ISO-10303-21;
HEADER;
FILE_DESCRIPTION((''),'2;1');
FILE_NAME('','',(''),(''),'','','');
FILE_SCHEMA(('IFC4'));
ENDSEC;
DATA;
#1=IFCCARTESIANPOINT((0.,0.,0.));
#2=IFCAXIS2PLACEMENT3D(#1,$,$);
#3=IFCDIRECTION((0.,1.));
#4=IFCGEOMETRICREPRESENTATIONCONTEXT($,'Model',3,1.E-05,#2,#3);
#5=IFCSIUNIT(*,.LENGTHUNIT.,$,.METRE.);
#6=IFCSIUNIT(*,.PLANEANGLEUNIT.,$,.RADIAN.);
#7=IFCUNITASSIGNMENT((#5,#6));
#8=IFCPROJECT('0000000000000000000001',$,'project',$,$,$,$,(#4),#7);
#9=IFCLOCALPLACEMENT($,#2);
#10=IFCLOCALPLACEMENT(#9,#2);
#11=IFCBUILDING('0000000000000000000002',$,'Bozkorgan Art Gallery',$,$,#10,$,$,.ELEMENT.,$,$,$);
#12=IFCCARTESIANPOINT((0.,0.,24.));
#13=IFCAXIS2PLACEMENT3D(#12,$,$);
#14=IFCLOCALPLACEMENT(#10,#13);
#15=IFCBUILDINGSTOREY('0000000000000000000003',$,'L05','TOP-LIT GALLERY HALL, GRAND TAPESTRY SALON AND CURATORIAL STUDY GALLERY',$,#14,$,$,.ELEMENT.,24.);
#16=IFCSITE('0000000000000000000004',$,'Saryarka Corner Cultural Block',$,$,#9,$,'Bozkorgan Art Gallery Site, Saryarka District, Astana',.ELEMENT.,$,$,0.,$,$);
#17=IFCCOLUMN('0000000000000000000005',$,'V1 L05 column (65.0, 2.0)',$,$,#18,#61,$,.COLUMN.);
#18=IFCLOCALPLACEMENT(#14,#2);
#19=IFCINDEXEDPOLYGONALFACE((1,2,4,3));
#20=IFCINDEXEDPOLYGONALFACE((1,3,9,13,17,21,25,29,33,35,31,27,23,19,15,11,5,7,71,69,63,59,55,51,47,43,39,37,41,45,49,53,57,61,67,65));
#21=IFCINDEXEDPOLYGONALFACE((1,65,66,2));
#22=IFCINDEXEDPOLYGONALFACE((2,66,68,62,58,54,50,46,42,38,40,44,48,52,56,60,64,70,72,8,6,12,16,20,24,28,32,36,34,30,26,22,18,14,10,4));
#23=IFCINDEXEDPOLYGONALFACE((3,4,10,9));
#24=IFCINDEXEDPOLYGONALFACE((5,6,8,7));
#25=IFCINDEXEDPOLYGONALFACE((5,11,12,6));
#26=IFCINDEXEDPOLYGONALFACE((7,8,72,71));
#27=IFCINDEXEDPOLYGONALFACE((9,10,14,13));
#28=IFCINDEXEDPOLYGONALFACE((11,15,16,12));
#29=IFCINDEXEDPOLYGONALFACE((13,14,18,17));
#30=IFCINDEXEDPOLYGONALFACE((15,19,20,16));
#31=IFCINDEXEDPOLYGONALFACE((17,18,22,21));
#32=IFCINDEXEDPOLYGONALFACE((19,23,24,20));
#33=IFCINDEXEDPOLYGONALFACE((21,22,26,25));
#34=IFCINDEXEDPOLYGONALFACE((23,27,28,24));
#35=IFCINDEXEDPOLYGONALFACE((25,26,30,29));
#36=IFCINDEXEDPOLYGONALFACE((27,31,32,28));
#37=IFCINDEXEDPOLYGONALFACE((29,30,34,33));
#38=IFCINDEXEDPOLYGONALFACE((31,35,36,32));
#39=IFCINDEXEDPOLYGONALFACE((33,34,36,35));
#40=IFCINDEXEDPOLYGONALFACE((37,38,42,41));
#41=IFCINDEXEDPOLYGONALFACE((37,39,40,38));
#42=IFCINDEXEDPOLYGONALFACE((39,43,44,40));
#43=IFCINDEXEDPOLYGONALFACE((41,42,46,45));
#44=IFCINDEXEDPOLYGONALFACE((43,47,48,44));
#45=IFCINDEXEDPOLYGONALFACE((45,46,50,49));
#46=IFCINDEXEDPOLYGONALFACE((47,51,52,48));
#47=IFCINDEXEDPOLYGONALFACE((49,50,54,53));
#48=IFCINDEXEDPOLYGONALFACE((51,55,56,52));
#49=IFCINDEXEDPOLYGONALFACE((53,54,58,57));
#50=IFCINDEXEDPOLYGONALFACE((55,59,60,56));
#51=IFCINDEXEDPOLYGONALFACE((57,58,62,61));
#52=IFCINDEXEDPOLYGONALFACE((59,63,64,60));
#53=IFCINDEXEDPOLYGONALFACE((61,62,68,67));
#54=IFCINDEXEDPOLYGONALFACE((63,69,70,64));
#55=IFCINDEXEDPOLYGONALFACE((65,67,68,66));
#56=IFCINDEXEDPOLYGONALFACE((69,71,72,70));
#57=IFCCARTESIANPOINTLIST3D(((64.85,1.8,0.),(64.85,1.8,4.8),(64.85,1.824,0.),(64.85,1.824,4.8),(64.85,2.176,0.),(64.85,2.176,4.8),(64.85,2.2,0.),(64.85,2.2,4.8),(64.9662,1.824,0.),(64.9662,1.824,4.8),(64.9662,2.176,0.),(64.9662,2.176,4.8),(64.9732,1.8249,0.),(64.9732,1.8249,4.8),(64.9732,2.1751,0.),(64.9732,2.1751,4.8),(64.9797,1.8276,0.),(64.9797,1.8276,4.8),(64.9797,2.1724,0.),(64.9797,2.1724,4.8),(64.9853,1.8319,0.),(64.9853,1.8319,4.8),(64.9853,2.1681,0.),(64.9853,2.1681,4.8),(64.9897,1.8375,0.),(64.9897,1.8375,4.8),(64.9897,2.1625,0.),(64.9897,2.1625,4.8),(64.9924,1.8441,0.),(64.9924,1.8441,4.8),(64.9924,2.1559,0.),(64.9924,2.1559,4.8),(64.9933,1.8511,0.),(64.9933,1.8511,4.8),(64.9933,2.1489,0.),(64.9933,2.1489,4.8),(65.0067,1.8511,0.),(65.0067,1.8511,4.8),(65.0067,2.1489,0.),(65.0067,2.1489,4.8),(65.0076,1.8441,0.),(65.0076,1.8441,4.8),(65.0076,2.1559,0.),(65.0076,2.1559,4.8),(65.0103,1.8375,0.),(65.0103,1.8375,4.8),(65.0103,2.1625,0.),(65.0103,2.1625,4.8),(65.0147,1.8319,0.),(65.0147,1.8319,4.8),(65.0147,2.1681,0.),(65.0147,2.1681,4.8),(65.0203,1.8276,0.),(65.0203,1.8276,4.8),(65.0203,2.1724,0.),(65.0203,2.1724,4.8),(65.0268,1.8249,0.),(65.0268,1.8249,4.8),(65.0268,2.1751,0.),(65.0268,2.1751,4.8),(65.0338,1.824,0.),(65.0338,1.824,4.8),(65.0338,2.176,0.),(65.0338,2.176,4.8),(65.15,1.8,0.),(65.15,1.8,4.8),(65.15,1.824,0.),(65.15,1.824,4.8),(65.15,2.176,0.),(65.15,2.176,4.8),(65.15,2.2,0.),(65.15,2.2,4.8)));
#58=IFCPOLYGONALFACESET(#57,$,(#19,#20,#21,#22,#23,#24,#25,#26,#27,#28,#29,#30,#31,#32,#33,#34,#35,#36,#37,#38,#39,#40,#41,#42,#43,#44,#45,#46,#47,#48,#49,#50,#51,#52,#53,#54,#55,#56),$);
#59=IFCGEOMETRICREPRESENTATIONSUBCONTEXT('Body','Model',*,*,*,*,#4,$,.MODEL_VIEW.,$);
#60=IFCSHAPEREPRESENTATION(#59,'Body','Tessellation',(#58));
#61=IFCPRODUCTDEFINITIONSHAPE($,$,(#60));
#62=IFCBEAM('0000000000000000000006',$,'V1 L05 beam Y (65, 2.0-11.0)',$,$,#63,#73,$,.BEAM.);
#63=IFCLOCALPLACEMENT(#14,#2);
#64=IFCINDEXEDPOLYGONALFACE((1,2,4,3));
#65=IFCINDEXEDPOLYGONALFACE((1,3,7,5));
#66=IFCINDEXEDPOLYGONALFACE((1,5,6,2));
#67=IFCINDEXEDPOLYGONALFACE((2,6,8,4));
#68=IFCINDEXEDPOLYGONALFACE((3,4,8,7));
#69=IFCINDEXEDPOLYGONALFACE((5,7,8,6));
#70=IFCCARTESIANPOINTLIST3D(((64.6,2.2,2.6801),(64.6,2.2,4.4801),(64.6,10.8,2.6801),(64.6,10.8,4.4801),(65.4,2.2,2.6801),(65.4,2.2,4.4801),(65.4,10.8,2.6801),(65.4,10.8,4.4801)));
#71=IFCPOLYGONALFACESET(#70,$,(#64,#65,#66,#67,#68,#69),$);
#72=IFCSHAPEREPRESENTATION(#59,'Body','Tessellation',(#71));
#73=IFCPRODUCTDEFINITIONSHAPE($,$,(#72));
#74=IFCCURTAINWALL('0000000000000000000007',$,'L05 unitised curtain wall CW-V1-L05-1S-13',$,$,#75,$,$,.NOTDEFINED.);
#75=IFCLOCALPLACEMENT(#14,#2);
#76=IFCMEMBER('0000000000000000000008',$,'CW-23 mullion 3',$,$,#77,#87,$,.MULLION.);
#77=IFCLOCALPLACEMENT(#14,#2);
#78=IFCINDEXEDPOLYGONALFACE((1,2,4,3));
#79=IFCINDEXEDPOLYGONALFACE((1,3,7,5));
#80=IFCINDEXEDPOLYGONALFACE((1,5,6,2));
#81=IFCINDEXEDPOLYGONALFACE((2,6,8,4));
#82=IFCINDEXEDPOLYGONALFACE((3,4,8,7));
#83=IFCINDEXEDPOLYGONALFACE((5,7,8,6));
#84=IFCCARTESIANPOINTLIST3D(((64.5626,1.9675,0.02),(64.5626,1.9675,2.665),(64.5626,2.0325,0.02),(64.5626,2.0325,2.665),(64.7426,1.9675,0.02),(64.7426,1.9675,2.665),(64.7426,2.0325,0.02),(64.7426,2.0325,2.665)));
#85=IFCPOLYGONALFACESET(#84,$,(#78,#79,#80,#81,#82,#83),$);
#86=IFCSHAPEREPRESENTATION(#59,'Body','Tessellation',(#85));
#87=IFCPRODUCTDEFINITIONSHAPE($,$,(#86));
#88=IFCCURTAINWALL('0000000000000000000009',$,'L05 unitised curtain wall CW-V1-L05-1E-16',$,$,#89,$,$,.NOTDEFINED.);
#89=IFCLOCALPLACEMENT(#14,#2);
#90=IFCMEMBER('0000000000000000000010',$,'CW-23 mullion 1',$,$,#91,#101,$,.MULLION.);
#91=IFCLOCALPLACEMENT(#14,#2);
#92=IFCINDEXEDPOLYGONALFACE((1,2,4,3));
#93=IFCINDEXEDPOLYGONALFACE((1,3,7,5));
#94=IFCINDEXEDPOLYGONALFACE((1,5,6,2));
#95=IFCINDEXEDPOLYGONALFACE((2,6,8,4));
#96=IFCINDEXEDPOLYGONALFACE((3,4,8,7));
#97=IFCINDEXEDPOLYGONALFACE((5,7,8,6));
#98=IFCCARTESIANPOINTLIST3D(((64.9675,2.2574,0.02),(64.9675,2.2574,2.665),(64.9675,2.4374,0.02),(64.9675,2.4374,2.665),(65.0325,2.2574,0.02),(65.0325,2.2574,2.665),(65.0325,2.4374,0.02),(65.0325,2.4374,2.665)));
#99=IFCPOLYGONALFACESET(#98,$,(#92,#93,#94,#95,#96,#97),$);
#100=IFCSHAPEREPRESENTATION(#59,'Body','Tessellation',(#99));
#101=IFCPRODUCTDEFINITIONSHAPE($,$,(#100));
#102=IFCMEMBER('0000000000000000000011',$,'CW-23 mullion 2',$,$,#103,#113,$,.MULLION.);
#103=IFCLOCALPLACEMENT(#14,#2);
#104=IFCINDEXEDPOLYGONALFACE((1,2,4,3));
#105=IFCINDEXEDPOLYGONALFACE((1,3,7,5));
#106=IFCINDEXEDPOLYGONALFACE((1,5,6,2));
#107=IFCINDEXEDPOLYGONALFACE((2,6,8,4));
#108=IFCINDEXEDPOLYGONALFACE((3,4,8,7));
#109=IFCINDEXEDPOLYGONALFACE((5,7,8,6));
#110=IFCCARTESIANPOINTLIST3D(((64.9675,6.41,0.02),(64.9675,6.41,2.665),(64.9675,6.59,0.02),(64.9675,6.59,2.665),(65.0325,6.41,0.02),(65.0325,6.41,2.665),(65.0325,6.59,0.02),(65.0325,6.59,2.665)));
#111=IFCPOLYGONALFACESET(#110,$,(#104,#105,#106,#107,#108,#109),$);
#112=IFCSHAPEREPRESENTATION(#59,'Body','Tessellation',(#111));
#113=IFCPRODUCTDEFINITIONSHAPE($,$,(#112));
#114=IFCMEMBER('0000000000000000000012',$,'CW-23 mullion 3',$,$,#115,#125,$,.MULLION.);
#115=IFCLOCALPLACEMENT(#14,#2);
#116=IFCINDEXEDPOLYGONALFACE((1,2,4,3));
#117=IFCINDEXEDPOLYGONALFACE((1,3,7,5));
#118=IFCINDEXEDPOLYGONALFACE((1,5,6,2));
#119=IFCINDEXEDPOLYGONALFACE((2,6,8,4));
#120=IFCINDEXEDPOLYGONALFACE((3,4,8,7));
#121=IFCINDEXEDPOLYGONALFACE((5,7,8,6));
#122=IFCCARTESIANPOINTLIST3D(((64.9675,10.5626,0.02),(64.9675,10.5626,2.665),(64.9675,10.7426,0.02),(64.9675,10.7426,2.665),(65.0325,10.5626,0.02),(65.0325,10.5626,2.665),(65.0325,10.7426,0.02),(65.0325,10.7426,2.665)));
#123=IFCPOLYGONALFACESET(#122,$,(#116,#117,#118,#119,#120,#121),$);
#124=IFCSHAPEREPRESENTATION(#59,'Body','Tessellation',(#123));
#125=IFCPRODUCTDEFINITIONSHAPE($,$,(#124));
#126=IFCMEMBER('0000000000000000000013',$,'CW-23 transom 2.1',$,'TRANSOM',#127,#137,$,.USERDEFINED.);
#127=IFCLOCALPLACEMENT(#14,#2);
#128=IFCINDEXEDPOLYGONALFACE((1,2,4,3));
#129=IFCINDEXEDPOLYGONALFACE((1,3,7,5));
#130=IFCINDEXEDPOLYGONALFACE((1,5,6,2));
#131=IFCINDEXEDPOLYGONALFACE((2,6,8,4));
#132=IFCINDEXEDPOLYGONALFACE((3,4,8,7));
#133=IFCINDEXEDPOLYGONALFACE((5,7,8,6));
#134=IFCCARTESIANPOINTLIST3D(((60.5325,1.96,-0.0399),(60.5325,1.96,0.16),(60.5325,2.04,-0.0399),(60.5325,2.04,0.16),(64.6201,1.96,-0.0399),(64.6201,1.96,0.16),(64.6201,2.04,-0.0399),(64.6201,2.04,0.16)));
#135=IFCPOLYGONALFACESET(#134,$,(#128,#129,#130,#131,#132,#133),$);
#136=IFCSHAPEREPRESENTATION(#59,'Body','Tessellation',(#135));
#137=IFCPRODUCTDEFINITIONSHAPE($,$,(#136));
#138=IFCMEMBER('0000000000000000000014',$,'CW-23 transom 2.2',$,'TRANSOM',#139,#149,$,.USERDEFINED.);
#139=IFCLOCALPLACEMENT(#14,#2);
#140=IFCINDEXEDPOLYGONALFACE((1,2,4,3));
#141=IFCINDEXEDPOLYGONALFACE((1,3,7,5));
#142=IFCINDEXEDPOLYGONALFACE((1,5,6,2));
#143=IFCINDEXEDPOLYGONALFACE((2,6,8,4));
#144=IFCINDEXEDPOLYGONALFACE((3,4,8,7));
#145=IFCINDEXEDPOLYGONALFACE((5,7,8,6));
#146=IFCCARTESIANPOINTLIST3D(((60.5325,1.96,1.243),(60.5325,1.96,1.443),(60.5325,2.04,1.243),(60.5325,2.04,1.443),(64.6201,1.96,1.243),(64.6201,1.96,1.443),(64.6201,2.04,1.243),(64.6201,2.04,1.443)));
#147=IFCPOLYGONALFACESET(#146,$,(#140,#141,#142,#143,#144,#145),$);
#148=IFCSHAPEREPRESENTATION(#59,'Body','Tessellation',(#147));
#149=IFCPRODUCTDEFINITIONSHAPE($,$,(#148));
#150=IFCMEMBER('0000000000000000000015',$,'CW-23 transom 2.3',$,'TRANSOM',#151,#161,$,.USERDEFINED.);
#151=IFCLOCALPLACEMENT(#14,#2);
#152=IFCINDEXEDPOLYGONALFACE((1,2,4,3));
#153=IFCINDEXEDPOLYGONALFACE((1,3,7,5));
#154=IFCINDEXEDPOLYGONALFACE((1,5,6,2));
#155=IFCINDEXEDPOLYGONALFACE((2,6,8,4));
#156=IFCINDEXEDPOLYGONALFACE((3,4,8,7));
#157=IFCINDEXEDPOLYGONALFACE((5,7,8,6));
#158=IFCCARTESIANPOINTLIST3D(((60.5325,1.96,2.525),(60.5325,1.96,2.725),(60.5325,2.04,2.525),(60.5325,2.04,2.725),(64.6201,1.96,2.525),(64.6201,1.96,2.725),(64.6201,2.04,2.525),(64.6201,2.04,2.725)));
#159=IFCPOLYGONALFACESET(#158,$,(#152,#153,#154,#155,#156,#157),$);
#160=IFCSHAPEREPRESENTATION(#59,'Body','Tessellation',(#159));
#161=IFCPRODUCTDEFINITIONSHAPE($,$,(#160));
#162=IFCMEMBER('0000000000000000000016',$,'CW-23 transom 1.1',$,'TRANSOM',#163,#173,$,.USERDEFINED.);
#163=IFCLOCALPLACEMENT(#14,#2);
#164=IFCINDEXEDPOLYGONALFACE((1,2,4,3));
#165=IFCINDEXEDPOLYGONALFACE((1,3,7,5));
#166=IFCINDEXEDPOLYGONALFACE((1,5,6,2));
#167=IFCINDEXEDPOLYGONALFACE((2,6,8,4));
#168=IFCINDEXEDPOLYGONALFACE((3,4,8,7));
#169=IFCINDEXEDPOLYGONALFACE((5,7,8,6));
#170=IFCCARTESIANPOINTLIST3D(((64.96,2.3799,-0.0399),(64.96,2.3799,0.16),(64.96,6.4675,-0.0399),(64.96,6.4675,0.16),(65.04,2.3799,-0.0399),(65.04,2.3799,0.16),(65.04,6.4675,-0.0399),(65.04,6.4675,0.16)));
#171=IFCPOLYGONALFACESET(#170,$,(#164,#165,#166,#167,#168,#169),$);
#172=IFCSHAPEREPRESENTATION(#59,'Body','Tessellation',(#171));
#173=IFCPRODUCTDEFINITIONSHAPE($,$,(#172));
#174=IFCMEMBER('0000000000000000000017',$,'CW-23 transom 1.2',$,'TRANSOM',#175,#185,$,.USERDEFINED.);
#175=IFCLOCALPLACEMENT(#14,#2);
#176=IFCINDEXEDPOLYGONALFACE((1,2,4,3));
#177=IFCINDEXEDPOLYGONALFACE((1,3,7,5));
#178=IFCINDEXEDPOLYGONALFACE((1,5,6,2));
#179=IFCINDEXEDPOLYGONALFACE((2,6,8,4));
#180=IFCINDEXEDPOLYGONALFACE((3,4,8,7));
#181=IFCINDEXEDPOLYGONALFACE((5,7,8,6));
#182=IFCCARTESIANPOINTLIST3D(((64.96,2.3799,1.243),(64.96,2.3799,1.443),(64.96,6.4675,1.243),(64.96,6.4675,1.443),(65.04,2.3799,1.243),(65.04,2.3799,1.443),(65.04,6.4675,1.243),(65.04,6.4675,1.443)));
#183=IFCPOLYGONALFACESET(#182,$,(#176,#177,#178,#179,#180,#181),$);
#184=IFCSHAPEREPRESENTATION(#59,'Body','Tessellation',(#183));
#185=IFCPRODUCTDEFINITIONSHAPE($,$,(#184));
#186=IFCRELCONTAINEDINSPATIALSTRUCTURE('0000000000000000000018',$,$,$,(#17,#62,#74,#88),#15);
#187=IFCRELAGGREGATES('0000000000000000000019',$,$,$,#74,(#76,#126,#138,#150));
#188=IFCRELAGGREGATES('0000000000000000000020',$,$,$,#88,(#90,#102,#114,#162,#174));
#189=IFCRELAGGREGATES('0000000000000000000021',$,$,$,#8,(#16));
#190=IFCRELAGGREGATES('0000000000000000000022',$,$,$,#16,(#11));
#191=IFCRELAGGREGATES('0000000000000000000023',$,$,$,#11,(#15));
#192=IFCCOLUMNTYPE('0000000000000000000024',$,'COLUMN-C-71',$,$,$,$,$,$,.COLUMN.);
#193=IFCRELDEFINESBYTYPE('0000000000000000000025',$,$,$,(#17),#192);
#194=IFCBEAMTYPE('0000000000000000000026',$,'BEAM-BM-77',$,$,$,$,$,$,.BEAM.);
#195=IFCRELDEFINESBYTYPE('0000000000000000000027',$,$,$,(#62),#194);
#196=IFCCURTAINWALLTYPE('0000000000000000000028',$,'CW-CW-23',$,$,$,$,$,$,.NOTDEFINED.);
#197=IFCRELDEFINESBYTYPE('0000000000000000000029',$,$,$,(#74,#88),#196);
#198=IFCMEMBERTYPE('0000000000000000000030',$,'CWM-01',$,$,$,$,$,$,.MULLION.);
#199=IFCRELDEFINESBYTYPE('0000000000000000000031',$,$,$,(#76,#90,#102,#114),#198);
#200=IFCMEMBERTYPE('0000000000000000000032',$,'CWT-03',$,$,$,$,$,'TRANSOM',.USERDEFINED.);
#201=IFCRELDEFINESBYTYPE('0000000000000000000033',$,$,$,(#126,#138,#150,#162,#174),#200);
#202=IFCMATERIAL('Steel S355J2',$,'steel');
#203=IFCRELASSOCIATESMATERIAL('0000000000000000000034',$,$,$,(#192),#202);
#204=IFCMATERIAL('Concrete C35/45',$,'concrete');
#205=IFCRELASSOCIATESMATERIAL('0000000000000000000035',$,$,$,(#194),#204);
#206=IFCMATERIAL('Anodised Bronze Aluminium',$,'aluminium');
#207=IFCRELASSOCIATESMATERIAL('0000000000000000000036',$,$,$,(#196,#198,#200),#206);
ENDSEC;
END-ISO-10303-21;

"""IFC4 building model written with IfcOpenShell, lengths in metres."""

from ifc_helpers import new_model, si_unit, direction, frame, origin, origin_2d, place, context, subcontext, project, spatial, rectangle, i_section, extrude, material, material_profile, profile_set, type_object, element, aggregate, save


model = new_model("IFC4")

# Units and contexts
model_context = context("Model", 3, precision=1e-05, world=origin(), true_north=direction((0.0, 1.0)))
body_context = subcontext(model_context, "Body", "Model", "MODEL_VIEW")
ifc_project = project(units=[si_unit("LENGTHUNIT", "METRE"), si_unit("PLANEANGLEUNIT", "RADIAN")], contexts=[model_context])

# Site, building, storey
site_placement = place(None, origin())
site = spatial("IfcSite", under=ifc_project, at=site_placement, Name="Saryarka Corner Cultural Block", LongName="Bozkorgan Art Gallery Site, Saryarka District, Astana", CompositionType="ELEMENT", RefElevation=0.0)
building_placement = place(site_placement, origin())
building = spatial("IfcBuilding", under=site, at=building_placement, Name="Bozkorgan Art Gallery", CompositionType="ELEMENT")
storey_placement = place(building_placement, frame((0.0, 0.0, 24.0)))
storey = spatial("IfcBuildingStorey", under=building, at=storey_placement, Name="L05", Description="TOP-LIT GALLERY HALL, GRAND TAPESTRY SALON AND CURATORIAL STUDY GALLERY", CompositionType="ELEMENT", Elevation=24.0)

# Column
ifc_material_1 = material(Name="Steel S355J2", Category="steel")
ifc_material_profile_1 = material_profile(ifc_material_1, i_section(OverallWidth=0.3, OverallDepth=0.3999, WebThickness=0.0134, FlangeThickness=0.0239, FilletRadius=0.0271, at=origin_2d()), Name="HEB 400")
ifc_profile_set_1 = profile_set([ifc_material_profile_1], Name="Steel S355J2")
column_type = type_object("IfcColumnType", Name="COLUMN-C-71", PredefinedType="COLUMN", material=ifc_profile_set_1)
column_placement = place(storey_placement, frame((65.0, 2.0, 0.0), z_axis=(0.0, 0.0, 1.0), x_axis=(1.0, 0.0, 0.0)))
element("IfcColumn", 1, at=column_placement, inside=storey, type_object=column_type, Name="V1 L05 column (65.0, 2.0)", PredefinedType="COLUMN", context=body_context, shape_type="SweptSolid", body=[
    extrude(i_section(OverallWidth=0.3, OverallDepth=0.3999, WebThickness=0.0134, FlangeThickness=0.0239, FilletRadius=0.0271, at=origin_2d()), origin(), (0.0, 0.0, 1.0), 4.8),
])

# Beam
ifc_material_2 = material(Name="Concrete C35/45", Category="concrete")
ifc_material_profile_2 = material_profile(ifc_material_2, rectangle(XDim=0.8, YDim=1.8, at=origin_2d()), Name="RC 800x1800")
ifc_profile_set_2 = profile_set([ifc_material_profile_2], Name="Concrete C35/45")
beam_type = type_object("IfcBeamType", Name="BEAM-BM-77", PredefinedType="BEAM", material=ifc_profile_set_2)
beam_placement = place(storey_placement, frame((65.0, 2.2, 3.5801), z_axis=(0.0, 1.0, 0.0), x_axis=(-1.0, 0.0, 0.0)))
element("IfcBeam", 2, at=beam_placement, inside=storey, type_object=beam_type, Name="V1 L05 beam Y (65, 2.0-11.0)", PredefinedType="BEAM", context=body_context, shape_type="SweptSolid", body=[
    extrude(rectangle(XDim=0.8, YDim=1.8, at=origin_2d()), origin(), (0.0, 0.0, 1.0), 8.6001),
])

# Curtain wall, member
ifc_material_3 = material(Name="Anodised Bronze Aluminium", Category="aluminium")
curtain_wall_type = type_object("IfcCurtainWallType", Name="CW-CW-23", PredefinedType="NOTDEFINED", material=ifc_material_3)
curtain_wall_1_placement = place(storey_placement, origin())
curtain_wall_1 = element("IfcCurtainWall", 3, at=curtain_wall_1_placement, inside=storey, type_object=curtain_wall_type, Name="L05 unitised curtain wall CW-V1-L05-1S-13", PredefinedType="NOTDEFINED")
ifc_material_profile_3 = material_profile(ifc_material_3, rectangle(XDim=0.0649, YDim=0.1799, at=origin_2d()), Name="ALU MULLION 65x180")
ifc_profile_set_3 = profile_set([ifc_material_profile_3], Name="Anodised Bronze Aluminium")
member_type_1 = type_object("IfcMemberType", Name="CWM-01", PredefinedType="MULLION", material=ifc_profile_set_3)
member_1_placement = place(storey_placement, frame((64.6526, 2.0, 0.02), z_axis=(0.0, 0.0, 1.0), x_axis=(0.0, 1.0, 0.0)))
member_1 = element("IfcMember", 4, at=member_1_placement, type_object=member_type_1, Name="CW-23 mullion 3", PredefinedType="MULLION", context=body_context, shape_type="SweptSolid", body=[
    extrude(rectangle(XDim=0.0649, YDim=0.1799, at=origin_2d()), origin(), (0.0, 0.0, 1.0), 2.645),
])

# Curtain wall, members
curtain_wall_2_placement = place(storey_placement, origin())
curtain_wall_2 = element("IfcCurtainWall", 5, at=curtain_wall_2_placement, inside=storey, type_object=curtain_wall_type, Name="L05 unitised curtain wall CW-V1-L05-1E-16", PredefinedType="NOTDEFINED")
member_2_placement = place(storey_placement, frame((65.0, 2.3474, 0.02), z_axis=(0.0, 0.0, 1.0), x_axis=(-1.0, 0.0, 0.0)))
member_2 = element("IfcMember", 6, at=member_2_placement, type_object=member_type_1, Name="CW-23 mullion 1", PredefinedType="MULLION", context=body_context, shape_type="SweptSolid", body=[
    extrude(rectangle(XDim=0.0649, YDim=0.1799, at=origin_2d()), origin(), (0.0, 0.0, 1.0), 2.645),
])
member_3_placement = place(storey_placement, frame((65.0, 6.5, 0.02), z_axis=(0.0, 0.0, 1.0), x_axis=(-1.0, 0.0, 0.0)))
member_3 = element("IfcMember", 7, at=member_3_placement, type_object=member_type_1, Name="CW-23 mullion 2", PredefinedType="MULLION", context=body_context, shape_type="SweptSolid", body=[
    extrude(rectangle(XDim=0.0649, YDim=0.1799, at=origin_2d()), origin(), (0.0, 0.0, 1.0), 2.645),
])
member_4_placement = place(storey_placement, frame((65.0, 10.6526, 0.02), z_axis=(0.0, 0.0, 1.0), x_axis=(-1.0, 0.0, 0.0)))
member_4 = element("IfcMember", 8, at=member_4_placement, type_object=member_type_1, Name="CW-23 mullion 3", PredefinedType="MULLION", context=body_context, shape_type="SweptSolid", body=[
    extrude(rectangle(XDim=0.0649, YDim=0.1799, at=origin_2d()), origin(), (0.0, 0.0, 1.0), 2.645),
])

# Members
ifc_material_profile_4 = material_profile(ifc_material_3, rectangle(XDim=0.0801, YDim=0.2, at=origin_2d()), Name="ALU TRANSOM 80x200")
ifc_profile_set_4 = profile_set([ifc_material_profile_4], Name="Anodised Bronze Aluminium")
member_type_2 = type_object("IfcMemberType", Name="CWT-03", ElementType="TRANSOM", PredefinedType="USERDEFINED", material=ifc_profile_set_4)
member_5_placement = place(storey_placement, frame((60.5325, 2.0, 0.0601), z_axis=(1.0, 0.0, 0.0), x_axis=(0.0, 1.0, 0.0)))
member_5 = element("IfcMember", 9, at=member_5_placement, type_object=member_type_2, Name="CW-23 transom 2.1", ObjectType="TRANSOM", PredefinedType="USERDEFINED", context=body_context, shape_type="SweptSolid", body=[
    extrude(rectangle(XDim=0.0801, YDim=0.2, at=origin_2d()), origin(), (0.0, 0.0, 1.0), 4.0876),
])
member_6_placement = place(storey_placement, frame((60.5325, 2.0, 1.343), z_axis=(1.0, 0.0, 0.0), x_axis=(0.0, 1.0, 0.0)))
member_6 = element("IfcMember", 10, at=member_6_placement, type_object=member_type_2, Name="CW-23 transom 2.2", ObjectType="TRANSOM", PredefinedType="USERDEFINED", context=body_context, shape_type="SweptSolid", body=[
    extrude(rectangle(XDim=0.0801, YDim=0.2, at=origin_2d()), origin(), (0.0, 0.0, 1.0), 4.0876),
])
member_7_placement = place(storey_placement, frame((60.5325, 2.0, 2.625), z_axis=(1.0, 0.0, 0.0), x_axis=(0.0, 1.0, 0.0)))
member_7 = element("IfcMember", 11, at=member_7_placement, type_object=member_type_2, Name="CW-23 transom 2.3", ObjectType="TRANSOM", PredefinedType="USERDEFINED", context=body_context, shape_type="SweptSolid", body=[
    extrude(rectangle(XDim=0.0801, YDim=0.2, at=origin_2d()), origin(), (0.0, 0.0, 1.0), 4.0876),
])
member_8_placement = place(storey_placement, frame((65.0, 2.3799, 0.0601), z_axis=(0.0, 1.0, 0.0), x_axis=(-1.0, 0.0, 0.0)))
member_8 = element("IfcMember", 12, at=member_8_placement, type_object=member_type_2, Name="CW-23 transom 1.1", ObjectType="TRANSOM", PredefinedType="USERDEFINED", context=body_context, shape_type="SweptSolid", body=[
    extrude(rectangle(XDim=0.0801, YDim=0.2, at=origin_2d()), origin(), (0.0, 0.0, 1.0), 4.0876),
])
member_9_placement = place(storey_placement, frame((65.0, 2.3799, 1.343), z_axis=(0.0, 1.0, 0.0), x_axis=(-1.0, 0.0, 0.0)))
member_9 = element("IfcMember", 13, at=member_9_placement, type_object=member_type_2, Name="CW-23 transom 1.2", ObjectType="TRANSOM", PredefinedType="USERDEFINED", context=body_context, shape_type="SweptSolid", body=[
    extrude(rectangle(XDim=0.0801, YDim=0.2, at=origin_2d()), origin(), (0.0, 0.0, 1.0), 4.0876),
])

aggregate(curtain_wall_1, [member_1, member_5, member_6, member_7])
aggregate(curtain_wall_2, [member_2, member_3, member_4, member_8, member_9])

save(model, "model.ifc")
